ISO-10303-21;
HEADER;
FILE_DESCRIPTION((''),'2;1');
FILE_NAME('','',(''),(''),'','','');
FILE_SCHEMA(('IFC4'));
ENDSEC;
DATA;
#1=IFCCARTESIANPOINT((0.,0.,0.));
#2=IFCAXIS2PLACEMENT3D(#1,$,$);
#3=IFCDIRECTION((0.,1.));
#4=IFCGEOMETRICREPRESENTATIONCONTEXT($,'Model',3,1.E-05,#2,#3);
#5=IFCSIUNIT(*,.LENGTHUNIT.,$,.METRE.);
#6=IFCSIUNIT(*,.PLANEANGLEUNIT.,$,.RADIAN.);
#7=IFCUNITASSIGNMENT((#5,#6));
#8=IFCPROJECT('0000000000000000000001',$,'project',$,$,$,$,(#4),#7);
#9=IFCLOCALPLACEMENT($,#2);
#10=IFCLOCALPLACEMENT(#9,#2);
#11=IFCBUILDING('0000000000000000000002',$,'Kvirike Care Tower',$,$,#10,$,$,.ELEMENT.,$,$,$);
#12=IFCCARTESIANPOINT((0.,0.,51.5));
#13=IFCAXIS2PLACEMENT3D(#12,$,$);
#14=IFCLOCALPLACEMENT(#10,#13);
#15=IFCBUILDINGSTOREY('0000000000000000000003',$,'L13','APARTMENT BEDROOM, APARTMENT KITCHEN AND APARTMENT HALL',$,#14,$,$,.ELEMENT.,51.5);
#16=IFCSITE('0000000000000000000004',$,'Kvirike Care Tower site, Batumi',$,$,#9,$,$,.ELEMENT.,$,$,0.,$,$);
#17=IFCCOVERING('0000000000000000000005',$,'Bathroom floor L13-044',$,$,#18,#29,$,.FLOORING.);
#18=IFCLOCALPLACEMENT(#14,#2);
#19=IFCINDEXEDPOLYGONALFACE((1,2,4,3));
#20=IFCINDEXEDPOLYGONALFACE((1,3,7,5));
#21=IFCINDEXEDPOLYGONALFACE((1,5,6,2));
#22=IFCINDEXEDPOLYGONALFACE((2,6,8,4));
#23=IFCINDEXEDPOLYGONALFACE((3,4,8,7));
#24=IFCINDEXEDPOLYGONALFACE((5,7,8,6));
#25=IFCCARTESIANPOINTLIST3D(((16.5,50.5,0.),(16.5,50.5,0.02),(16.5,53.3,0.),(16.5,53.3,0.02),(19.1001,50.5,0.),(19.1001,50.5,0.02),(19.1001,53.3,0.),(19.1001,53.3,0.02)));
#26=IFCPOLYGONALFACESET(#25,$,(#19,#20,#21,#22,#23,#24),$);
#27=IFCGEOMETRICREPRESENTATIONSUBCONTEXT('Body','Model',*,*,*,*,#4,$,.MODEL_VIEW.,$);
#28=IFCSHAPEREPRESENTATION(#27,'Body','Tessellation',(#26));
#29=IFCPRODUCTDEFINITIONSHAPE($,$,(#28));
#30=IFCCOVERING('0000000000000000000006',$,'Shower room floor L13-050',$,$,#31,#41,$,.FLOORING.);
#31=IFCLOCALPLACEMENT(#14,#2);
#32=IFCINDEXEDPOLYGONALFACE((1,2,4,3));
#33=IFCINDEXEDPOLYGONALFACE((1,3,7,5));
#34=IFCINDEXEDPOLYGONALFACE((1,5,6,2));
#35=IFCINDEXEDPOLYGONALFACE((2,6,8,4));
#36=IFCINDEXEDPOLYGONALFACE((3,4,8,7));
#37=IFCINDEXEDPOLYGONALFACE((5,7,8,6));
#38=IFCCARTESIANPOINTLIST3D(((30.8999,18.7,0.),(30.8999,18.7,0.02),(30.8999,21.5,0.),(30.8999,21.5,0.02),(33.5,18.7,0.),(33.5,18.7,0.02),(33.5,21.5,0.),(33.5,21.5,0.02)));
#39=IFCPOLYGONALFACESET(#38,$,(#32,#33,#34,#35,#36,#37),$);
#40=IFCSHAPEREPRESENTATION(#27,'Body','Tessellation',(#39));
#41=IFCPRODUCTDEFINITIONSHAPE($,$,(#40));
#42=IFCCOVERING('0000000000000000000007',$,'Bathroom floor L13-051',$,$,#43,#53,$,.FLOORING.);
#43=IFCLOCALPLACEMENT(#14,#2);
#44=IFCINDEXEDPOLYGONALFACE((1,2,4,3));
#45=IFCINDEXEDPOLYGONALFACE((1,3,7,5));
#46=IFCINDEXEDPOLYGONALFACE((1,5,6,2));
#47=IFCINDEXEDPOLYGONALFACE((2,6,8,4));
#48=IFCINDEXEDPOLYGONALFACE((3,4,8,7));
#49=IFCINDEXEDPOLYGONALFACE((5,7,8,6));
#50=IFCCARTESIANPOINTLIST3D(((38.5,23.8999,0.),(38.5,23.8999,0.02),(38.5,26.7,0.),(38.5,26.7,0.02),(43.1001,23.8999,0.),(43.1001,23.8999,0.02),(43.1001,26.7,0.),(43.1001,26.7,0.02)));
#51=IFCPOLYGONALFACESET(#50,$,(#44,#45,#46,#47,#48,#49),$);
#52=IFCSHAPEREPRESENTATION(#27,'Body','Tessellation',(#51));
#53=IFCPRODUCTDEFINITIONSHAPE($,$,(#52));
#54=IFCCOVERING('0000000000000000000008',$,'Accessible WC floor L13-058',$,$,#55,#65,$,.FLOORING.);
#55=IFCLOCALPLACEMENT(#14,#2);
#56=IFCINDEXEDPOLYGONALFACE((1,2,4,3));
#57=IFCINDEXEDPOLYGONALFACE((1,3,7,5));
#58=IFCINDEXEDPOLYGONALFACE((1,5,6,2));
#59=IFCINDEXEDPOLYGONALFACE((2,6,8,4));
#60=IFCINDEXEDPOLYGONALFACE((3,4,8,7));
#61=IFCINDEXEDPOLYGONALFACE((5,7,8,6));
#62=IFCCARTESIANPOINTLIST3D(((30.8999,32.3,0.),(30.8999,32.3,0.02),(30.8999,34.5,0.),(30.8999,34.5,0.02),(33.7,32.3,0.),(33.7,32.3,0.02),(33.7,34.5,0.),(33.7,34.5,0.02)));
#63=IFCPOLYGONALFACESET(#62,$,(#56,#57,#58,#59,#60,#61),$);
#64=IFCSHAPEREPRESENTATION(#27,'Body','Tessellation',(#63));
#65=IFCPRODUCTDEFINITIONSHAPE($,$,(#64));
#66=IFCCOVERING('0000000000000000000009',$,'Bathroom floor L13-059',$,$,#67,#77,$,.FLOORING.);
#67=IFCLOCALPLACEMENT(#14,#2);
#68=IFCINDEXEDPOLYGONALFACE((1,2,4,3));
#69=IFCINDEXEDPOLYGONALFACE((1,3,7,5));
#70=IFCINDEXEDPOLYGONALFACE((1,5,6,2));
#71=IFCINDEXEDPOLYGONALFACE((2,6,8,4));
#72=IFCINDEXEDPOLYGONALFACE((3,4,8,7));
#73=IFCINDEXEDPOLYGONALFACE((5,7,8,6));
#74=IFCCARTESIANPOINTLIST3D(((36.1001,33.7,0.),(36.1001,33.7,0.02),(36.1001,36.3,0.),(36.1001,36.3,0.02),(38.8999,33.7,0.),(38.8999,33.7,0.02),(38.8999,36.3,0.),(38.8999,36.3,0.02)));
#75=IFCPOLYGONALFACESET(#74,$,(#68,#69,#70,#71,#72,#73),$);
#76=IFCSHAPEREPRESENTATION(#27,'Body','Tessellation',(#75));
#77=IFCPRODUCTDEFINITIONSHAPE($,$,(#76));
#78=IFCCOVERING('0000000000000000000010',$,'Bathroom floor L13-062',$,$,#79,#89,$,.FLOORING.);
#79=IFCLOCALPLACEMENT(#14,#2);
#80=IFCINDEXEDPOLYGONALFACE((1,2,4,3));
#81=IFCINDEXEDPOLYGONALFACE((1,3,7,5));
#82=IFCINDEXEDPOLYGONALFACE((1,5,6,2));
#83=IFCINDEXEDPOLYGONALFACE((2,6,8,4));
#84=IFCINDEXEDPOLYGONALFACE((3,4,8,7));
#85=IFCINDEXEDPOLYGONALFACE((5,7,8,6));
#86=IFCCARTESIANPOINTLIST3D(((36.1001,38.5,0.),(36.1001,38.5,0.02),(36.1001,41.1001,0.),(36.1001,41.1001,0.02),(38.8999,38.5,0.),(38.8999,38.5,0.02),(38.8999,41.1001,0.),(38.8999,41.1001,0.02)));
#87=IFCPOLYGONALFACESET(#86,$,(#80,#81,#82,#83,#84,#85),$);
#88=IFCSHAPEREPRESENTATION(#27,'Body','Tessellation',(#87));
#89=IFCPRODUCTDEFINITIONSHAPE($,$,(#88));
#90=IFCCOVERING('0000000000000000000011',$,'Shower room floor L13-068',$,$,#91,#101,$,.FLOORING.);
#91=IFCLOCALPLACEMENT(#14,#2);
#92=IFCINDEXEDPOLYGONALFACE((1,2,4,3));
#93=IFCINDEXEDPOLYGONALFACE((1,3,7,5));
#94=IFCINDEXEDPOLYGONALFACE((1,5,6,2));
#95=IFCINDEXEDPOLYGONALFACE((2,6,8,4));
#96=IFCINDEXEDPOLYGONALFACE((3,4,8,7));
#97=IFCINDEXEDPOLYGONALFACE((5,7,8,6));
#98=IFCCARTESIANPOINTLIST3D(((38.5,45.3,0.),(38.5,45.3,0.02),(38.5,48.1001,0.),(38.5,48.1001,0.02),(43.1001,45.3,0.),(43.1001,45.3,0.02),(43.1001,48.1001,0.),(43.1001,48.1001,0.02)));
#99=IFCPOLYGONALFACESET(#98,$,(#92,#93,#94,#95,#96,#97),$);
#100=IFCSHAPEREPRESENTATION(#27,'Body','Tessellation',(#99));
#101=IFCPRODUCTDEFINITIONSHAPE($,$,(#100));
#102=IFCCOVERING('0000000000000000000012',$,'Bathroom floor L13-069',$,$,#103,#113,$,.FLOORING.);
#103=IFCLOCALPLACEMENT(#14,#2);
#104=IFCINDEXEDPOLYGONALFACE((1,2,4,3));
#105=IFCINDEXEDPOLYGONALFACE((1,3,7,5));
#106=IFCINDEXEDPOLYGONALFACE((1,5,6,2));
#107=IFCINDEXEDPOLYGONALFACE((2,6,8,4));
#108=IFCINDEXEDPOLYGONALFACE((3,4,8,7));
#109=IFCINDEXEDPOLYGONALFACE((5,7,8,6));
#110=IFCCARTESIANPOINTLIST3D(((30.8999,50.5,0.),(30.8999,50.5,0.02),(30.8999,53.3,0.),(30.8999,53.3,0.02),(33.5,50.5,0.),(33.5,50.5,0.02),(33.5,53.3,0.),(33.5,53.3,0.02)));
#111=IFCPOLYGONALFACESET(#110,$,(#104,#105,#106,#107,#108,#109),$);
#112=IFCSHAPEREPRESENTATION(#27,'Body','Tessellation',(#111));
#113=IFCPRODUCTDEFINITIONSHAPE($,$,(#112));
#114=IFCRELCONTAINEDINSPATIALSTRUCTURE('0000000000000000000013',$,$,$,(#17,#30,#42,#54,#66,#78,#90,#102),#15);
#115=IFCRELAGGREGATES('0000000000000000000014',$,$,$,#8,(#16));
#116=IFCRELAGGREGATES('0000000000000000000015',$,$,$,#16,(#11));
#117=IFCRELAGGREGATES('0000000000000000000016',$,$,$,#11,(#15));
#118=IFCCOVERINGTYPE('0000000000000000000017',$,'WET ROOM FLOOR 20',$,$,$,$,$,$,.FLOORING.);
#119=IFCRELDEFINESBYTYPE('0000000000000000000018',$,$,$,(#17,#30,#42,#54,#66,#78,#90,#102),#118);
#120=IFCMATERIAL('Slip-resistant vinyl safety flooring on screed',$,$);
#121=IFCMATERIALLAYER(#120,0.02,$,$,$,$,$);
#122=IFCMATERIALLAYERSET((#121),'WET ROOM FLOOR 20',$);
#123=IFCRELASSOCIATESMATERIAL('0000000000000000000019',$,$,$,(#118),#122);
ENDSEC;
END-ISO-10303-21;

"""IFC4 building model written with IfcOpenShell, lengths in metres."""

from ifc_helpers import new_model, si_unit, direction, frame, origin, place, context, subcontext, project, spatial, polyline, outline, extrude, material, layer, layer_set, type_object, element, save


model = new_model("IFC4")

# Units and contexts
model_context = context("Model", 3, precision=1e-05, world=origin(), true_north=direction((0.0, 1.0)))
body_context = subcontext(model_context, "Body", "Model", "MODEL_VIEW")
ifc_project = project(units=[si_unit("LENGTHUNIT", "METRE"), si_unit("PLANEANGLEUNIT", "RADIAN")], contexts=[model_context])

# Site, building, storey
site_placement = place(None, origin())
site = spatial("IfcSite", under=ifc_project, at=site_placement, Name="Kvirike Care Tower site, Batumi", CompositionType="ELEMENT", RefElevation=0.0)
building_placement = place(site_placement, origin())
building = spatial("IfcBuilding", under=site, at=building_placement, Name="Kvirike Care Tower", CompositionType="ELEMENT")
storey_placement = place(building_placement, frame((0.0, 0.0, 51.5)))
storey = spatial("IfcBuildingStorey", under=building, at=storey_placement, Name="L13", Description="APARTMENT BEDROOM, APARTMENT KITCHEN AND APARTMENT HALL", CompositionType="ELEMENT", Elevation=51.5)

# Coverings
ifc_material_1 = material(Name="Slip-resistant vinyl safety flooring on screed")
ifc_layer_1 = layer(ifc_material_1, 0.02)
ifc_layer_set_1 = layer_set([ifc_layer_1], Name="WET ROOM FLOOR 20")
covering_type = type_object("IfcCoveringType", Name="WET ROOM FLOOR 20", PredefinedType="FLOORING", material=ifc_layer_set_1)
covering_1_placement = place(storey_placement, origin())
element("IfcCovering", 1, at=covering_1_placement, inside=storey, type_object=covering_type, Name="Bathroom floor L13-044", PredefinedType="FLOORING", context=body_context, shape_type="SweptSolid", body=[
    extrude(outline(polyline([(19.1001, 53.3), (19.1001, 50.5), (16.5, 50.5), (16.5, 53.3), (19.1001, 53.3)])), origin(), (0.0, 0.0, 1.0), 0.02),
])
covering_2_placement = place(storey_placement, origin())
element("IfcCovering", 2, at=covering_2_placement, inside=storey, type_object=covering_type, Name="Shower room floor L13-050", PredefinedType="FLOORING", context=body_context, shape_type="SweptSolid", body=[
    extrude(outline(polyline([(30.8999, 18.7), (30.8999, 21.5), (33.5, 21.5), (33.5, 18.7), (30.8999, 18.7)])), origin(), (0.0, 0.0, 1.0), 0.02),
])
covering_3_placement = place(storey_placement, origin())
element("IfcCovering", 3, at=covering_3_placement, inside=storey, type_object=covering_type, Name="Bathroom floor L13-051", PredefinedType="FLOORING", context=body_context, shape_type="SweptSolid", body=[
    extrude(outline(polyline([(38.5, 23.8999), (38.5, 26.7), (43.1001, 26.7), (43.1001, 23.8999), (38.5, 23.8999)])), origin(), (0.0, 0.0, 1.0), 0.02),
])
covering_4_placement = place(storey_placement, origin())
element("IfcCovering", 4, at=covering_4_placement, inside=storey, type_object=covering_type, Name="Accessible WC floor L13-058", PredefinedType="FLOORING", context=body_context, shape_type="SweptSolid", body=[
    extrude(outline(polyline([(33.7, 32.3), (30.8999, 32.3), (30.8999, 34.5), (33.7, 34.5), (33.7, 32.3)])), origin(), (0.0, 0.0, 1.0), 0.02),
])
covering_5_placement = place(storey_placement, origin())
element("IfcCovering", 5, at=covering_5_placement, inside=storey, type_object=covering_type, Name="Bathroom floor L13-059", PredefinedType="FLOORING", context=body_context, shape_type="SweptSolid", body=[
    extrude(outline(polyline([(38.8999, 33.7), (36.1001, 33.7), (36.1001, 36.3), (38.8999, 36.3), (38.8999, 33.7)])), origin(), (0.0, 0.0, 1.0), 0.02),
])
covering_6_placement = place(storey_placement, origin())
element("IfcCovering", 6, at=covering_6_placement, inside=storey, type_object=covering_type, Name="Bathroom floor L13-062", PredefinedType="FLOORING", context=body_context, shape_type="SweptSolid", body=[
    extrude(outline(polyline([(38.8999, 38.5), (36.1001, 38.5), (36.1001, 41.1001), (38.8999, 41.1001), (38.8999, 38.5)])), origin(), (0.0, 0.0, 1.0), 0.02),
])
covering_7_placement = place(storey_placement, origin())
element("IfcCovering", 7, at=covering_7_placement, inside=storey, type_object=covering_type, Name="Shower room floor L13-068", PredefinedType="FLOORING", context=body_context, shape_type="SweptSolid", body=[
    extrude(outline(polyline([(43.1001, 48.1001), (43.1001, 45.3), (38.5, 45.3), (38.5, 48.1001), (43.1001, 48.1001)])), origin(), (0.0, 0.0, 1.0), 0.02),
])
covering_8_placement = place(storey_placement, origin())
element("IfcCovering", 8, at=covering_8_placement, inside=storey, type_object=covering_type, Name="Bathroom floor L13-069", PredefinedType="FLOORING", context=body_context, shape_type="SweptSolid", body=[
    extrude(outline(polyline([(33.5, 53.3), (33.5, 50.5), (30.8999, 50.5), (30.8999, 53.3), (33.5, 53.3)])), origin(), (0.0, 0.0, 1.0), 0.02),
])

save(model, "model.ifc")
